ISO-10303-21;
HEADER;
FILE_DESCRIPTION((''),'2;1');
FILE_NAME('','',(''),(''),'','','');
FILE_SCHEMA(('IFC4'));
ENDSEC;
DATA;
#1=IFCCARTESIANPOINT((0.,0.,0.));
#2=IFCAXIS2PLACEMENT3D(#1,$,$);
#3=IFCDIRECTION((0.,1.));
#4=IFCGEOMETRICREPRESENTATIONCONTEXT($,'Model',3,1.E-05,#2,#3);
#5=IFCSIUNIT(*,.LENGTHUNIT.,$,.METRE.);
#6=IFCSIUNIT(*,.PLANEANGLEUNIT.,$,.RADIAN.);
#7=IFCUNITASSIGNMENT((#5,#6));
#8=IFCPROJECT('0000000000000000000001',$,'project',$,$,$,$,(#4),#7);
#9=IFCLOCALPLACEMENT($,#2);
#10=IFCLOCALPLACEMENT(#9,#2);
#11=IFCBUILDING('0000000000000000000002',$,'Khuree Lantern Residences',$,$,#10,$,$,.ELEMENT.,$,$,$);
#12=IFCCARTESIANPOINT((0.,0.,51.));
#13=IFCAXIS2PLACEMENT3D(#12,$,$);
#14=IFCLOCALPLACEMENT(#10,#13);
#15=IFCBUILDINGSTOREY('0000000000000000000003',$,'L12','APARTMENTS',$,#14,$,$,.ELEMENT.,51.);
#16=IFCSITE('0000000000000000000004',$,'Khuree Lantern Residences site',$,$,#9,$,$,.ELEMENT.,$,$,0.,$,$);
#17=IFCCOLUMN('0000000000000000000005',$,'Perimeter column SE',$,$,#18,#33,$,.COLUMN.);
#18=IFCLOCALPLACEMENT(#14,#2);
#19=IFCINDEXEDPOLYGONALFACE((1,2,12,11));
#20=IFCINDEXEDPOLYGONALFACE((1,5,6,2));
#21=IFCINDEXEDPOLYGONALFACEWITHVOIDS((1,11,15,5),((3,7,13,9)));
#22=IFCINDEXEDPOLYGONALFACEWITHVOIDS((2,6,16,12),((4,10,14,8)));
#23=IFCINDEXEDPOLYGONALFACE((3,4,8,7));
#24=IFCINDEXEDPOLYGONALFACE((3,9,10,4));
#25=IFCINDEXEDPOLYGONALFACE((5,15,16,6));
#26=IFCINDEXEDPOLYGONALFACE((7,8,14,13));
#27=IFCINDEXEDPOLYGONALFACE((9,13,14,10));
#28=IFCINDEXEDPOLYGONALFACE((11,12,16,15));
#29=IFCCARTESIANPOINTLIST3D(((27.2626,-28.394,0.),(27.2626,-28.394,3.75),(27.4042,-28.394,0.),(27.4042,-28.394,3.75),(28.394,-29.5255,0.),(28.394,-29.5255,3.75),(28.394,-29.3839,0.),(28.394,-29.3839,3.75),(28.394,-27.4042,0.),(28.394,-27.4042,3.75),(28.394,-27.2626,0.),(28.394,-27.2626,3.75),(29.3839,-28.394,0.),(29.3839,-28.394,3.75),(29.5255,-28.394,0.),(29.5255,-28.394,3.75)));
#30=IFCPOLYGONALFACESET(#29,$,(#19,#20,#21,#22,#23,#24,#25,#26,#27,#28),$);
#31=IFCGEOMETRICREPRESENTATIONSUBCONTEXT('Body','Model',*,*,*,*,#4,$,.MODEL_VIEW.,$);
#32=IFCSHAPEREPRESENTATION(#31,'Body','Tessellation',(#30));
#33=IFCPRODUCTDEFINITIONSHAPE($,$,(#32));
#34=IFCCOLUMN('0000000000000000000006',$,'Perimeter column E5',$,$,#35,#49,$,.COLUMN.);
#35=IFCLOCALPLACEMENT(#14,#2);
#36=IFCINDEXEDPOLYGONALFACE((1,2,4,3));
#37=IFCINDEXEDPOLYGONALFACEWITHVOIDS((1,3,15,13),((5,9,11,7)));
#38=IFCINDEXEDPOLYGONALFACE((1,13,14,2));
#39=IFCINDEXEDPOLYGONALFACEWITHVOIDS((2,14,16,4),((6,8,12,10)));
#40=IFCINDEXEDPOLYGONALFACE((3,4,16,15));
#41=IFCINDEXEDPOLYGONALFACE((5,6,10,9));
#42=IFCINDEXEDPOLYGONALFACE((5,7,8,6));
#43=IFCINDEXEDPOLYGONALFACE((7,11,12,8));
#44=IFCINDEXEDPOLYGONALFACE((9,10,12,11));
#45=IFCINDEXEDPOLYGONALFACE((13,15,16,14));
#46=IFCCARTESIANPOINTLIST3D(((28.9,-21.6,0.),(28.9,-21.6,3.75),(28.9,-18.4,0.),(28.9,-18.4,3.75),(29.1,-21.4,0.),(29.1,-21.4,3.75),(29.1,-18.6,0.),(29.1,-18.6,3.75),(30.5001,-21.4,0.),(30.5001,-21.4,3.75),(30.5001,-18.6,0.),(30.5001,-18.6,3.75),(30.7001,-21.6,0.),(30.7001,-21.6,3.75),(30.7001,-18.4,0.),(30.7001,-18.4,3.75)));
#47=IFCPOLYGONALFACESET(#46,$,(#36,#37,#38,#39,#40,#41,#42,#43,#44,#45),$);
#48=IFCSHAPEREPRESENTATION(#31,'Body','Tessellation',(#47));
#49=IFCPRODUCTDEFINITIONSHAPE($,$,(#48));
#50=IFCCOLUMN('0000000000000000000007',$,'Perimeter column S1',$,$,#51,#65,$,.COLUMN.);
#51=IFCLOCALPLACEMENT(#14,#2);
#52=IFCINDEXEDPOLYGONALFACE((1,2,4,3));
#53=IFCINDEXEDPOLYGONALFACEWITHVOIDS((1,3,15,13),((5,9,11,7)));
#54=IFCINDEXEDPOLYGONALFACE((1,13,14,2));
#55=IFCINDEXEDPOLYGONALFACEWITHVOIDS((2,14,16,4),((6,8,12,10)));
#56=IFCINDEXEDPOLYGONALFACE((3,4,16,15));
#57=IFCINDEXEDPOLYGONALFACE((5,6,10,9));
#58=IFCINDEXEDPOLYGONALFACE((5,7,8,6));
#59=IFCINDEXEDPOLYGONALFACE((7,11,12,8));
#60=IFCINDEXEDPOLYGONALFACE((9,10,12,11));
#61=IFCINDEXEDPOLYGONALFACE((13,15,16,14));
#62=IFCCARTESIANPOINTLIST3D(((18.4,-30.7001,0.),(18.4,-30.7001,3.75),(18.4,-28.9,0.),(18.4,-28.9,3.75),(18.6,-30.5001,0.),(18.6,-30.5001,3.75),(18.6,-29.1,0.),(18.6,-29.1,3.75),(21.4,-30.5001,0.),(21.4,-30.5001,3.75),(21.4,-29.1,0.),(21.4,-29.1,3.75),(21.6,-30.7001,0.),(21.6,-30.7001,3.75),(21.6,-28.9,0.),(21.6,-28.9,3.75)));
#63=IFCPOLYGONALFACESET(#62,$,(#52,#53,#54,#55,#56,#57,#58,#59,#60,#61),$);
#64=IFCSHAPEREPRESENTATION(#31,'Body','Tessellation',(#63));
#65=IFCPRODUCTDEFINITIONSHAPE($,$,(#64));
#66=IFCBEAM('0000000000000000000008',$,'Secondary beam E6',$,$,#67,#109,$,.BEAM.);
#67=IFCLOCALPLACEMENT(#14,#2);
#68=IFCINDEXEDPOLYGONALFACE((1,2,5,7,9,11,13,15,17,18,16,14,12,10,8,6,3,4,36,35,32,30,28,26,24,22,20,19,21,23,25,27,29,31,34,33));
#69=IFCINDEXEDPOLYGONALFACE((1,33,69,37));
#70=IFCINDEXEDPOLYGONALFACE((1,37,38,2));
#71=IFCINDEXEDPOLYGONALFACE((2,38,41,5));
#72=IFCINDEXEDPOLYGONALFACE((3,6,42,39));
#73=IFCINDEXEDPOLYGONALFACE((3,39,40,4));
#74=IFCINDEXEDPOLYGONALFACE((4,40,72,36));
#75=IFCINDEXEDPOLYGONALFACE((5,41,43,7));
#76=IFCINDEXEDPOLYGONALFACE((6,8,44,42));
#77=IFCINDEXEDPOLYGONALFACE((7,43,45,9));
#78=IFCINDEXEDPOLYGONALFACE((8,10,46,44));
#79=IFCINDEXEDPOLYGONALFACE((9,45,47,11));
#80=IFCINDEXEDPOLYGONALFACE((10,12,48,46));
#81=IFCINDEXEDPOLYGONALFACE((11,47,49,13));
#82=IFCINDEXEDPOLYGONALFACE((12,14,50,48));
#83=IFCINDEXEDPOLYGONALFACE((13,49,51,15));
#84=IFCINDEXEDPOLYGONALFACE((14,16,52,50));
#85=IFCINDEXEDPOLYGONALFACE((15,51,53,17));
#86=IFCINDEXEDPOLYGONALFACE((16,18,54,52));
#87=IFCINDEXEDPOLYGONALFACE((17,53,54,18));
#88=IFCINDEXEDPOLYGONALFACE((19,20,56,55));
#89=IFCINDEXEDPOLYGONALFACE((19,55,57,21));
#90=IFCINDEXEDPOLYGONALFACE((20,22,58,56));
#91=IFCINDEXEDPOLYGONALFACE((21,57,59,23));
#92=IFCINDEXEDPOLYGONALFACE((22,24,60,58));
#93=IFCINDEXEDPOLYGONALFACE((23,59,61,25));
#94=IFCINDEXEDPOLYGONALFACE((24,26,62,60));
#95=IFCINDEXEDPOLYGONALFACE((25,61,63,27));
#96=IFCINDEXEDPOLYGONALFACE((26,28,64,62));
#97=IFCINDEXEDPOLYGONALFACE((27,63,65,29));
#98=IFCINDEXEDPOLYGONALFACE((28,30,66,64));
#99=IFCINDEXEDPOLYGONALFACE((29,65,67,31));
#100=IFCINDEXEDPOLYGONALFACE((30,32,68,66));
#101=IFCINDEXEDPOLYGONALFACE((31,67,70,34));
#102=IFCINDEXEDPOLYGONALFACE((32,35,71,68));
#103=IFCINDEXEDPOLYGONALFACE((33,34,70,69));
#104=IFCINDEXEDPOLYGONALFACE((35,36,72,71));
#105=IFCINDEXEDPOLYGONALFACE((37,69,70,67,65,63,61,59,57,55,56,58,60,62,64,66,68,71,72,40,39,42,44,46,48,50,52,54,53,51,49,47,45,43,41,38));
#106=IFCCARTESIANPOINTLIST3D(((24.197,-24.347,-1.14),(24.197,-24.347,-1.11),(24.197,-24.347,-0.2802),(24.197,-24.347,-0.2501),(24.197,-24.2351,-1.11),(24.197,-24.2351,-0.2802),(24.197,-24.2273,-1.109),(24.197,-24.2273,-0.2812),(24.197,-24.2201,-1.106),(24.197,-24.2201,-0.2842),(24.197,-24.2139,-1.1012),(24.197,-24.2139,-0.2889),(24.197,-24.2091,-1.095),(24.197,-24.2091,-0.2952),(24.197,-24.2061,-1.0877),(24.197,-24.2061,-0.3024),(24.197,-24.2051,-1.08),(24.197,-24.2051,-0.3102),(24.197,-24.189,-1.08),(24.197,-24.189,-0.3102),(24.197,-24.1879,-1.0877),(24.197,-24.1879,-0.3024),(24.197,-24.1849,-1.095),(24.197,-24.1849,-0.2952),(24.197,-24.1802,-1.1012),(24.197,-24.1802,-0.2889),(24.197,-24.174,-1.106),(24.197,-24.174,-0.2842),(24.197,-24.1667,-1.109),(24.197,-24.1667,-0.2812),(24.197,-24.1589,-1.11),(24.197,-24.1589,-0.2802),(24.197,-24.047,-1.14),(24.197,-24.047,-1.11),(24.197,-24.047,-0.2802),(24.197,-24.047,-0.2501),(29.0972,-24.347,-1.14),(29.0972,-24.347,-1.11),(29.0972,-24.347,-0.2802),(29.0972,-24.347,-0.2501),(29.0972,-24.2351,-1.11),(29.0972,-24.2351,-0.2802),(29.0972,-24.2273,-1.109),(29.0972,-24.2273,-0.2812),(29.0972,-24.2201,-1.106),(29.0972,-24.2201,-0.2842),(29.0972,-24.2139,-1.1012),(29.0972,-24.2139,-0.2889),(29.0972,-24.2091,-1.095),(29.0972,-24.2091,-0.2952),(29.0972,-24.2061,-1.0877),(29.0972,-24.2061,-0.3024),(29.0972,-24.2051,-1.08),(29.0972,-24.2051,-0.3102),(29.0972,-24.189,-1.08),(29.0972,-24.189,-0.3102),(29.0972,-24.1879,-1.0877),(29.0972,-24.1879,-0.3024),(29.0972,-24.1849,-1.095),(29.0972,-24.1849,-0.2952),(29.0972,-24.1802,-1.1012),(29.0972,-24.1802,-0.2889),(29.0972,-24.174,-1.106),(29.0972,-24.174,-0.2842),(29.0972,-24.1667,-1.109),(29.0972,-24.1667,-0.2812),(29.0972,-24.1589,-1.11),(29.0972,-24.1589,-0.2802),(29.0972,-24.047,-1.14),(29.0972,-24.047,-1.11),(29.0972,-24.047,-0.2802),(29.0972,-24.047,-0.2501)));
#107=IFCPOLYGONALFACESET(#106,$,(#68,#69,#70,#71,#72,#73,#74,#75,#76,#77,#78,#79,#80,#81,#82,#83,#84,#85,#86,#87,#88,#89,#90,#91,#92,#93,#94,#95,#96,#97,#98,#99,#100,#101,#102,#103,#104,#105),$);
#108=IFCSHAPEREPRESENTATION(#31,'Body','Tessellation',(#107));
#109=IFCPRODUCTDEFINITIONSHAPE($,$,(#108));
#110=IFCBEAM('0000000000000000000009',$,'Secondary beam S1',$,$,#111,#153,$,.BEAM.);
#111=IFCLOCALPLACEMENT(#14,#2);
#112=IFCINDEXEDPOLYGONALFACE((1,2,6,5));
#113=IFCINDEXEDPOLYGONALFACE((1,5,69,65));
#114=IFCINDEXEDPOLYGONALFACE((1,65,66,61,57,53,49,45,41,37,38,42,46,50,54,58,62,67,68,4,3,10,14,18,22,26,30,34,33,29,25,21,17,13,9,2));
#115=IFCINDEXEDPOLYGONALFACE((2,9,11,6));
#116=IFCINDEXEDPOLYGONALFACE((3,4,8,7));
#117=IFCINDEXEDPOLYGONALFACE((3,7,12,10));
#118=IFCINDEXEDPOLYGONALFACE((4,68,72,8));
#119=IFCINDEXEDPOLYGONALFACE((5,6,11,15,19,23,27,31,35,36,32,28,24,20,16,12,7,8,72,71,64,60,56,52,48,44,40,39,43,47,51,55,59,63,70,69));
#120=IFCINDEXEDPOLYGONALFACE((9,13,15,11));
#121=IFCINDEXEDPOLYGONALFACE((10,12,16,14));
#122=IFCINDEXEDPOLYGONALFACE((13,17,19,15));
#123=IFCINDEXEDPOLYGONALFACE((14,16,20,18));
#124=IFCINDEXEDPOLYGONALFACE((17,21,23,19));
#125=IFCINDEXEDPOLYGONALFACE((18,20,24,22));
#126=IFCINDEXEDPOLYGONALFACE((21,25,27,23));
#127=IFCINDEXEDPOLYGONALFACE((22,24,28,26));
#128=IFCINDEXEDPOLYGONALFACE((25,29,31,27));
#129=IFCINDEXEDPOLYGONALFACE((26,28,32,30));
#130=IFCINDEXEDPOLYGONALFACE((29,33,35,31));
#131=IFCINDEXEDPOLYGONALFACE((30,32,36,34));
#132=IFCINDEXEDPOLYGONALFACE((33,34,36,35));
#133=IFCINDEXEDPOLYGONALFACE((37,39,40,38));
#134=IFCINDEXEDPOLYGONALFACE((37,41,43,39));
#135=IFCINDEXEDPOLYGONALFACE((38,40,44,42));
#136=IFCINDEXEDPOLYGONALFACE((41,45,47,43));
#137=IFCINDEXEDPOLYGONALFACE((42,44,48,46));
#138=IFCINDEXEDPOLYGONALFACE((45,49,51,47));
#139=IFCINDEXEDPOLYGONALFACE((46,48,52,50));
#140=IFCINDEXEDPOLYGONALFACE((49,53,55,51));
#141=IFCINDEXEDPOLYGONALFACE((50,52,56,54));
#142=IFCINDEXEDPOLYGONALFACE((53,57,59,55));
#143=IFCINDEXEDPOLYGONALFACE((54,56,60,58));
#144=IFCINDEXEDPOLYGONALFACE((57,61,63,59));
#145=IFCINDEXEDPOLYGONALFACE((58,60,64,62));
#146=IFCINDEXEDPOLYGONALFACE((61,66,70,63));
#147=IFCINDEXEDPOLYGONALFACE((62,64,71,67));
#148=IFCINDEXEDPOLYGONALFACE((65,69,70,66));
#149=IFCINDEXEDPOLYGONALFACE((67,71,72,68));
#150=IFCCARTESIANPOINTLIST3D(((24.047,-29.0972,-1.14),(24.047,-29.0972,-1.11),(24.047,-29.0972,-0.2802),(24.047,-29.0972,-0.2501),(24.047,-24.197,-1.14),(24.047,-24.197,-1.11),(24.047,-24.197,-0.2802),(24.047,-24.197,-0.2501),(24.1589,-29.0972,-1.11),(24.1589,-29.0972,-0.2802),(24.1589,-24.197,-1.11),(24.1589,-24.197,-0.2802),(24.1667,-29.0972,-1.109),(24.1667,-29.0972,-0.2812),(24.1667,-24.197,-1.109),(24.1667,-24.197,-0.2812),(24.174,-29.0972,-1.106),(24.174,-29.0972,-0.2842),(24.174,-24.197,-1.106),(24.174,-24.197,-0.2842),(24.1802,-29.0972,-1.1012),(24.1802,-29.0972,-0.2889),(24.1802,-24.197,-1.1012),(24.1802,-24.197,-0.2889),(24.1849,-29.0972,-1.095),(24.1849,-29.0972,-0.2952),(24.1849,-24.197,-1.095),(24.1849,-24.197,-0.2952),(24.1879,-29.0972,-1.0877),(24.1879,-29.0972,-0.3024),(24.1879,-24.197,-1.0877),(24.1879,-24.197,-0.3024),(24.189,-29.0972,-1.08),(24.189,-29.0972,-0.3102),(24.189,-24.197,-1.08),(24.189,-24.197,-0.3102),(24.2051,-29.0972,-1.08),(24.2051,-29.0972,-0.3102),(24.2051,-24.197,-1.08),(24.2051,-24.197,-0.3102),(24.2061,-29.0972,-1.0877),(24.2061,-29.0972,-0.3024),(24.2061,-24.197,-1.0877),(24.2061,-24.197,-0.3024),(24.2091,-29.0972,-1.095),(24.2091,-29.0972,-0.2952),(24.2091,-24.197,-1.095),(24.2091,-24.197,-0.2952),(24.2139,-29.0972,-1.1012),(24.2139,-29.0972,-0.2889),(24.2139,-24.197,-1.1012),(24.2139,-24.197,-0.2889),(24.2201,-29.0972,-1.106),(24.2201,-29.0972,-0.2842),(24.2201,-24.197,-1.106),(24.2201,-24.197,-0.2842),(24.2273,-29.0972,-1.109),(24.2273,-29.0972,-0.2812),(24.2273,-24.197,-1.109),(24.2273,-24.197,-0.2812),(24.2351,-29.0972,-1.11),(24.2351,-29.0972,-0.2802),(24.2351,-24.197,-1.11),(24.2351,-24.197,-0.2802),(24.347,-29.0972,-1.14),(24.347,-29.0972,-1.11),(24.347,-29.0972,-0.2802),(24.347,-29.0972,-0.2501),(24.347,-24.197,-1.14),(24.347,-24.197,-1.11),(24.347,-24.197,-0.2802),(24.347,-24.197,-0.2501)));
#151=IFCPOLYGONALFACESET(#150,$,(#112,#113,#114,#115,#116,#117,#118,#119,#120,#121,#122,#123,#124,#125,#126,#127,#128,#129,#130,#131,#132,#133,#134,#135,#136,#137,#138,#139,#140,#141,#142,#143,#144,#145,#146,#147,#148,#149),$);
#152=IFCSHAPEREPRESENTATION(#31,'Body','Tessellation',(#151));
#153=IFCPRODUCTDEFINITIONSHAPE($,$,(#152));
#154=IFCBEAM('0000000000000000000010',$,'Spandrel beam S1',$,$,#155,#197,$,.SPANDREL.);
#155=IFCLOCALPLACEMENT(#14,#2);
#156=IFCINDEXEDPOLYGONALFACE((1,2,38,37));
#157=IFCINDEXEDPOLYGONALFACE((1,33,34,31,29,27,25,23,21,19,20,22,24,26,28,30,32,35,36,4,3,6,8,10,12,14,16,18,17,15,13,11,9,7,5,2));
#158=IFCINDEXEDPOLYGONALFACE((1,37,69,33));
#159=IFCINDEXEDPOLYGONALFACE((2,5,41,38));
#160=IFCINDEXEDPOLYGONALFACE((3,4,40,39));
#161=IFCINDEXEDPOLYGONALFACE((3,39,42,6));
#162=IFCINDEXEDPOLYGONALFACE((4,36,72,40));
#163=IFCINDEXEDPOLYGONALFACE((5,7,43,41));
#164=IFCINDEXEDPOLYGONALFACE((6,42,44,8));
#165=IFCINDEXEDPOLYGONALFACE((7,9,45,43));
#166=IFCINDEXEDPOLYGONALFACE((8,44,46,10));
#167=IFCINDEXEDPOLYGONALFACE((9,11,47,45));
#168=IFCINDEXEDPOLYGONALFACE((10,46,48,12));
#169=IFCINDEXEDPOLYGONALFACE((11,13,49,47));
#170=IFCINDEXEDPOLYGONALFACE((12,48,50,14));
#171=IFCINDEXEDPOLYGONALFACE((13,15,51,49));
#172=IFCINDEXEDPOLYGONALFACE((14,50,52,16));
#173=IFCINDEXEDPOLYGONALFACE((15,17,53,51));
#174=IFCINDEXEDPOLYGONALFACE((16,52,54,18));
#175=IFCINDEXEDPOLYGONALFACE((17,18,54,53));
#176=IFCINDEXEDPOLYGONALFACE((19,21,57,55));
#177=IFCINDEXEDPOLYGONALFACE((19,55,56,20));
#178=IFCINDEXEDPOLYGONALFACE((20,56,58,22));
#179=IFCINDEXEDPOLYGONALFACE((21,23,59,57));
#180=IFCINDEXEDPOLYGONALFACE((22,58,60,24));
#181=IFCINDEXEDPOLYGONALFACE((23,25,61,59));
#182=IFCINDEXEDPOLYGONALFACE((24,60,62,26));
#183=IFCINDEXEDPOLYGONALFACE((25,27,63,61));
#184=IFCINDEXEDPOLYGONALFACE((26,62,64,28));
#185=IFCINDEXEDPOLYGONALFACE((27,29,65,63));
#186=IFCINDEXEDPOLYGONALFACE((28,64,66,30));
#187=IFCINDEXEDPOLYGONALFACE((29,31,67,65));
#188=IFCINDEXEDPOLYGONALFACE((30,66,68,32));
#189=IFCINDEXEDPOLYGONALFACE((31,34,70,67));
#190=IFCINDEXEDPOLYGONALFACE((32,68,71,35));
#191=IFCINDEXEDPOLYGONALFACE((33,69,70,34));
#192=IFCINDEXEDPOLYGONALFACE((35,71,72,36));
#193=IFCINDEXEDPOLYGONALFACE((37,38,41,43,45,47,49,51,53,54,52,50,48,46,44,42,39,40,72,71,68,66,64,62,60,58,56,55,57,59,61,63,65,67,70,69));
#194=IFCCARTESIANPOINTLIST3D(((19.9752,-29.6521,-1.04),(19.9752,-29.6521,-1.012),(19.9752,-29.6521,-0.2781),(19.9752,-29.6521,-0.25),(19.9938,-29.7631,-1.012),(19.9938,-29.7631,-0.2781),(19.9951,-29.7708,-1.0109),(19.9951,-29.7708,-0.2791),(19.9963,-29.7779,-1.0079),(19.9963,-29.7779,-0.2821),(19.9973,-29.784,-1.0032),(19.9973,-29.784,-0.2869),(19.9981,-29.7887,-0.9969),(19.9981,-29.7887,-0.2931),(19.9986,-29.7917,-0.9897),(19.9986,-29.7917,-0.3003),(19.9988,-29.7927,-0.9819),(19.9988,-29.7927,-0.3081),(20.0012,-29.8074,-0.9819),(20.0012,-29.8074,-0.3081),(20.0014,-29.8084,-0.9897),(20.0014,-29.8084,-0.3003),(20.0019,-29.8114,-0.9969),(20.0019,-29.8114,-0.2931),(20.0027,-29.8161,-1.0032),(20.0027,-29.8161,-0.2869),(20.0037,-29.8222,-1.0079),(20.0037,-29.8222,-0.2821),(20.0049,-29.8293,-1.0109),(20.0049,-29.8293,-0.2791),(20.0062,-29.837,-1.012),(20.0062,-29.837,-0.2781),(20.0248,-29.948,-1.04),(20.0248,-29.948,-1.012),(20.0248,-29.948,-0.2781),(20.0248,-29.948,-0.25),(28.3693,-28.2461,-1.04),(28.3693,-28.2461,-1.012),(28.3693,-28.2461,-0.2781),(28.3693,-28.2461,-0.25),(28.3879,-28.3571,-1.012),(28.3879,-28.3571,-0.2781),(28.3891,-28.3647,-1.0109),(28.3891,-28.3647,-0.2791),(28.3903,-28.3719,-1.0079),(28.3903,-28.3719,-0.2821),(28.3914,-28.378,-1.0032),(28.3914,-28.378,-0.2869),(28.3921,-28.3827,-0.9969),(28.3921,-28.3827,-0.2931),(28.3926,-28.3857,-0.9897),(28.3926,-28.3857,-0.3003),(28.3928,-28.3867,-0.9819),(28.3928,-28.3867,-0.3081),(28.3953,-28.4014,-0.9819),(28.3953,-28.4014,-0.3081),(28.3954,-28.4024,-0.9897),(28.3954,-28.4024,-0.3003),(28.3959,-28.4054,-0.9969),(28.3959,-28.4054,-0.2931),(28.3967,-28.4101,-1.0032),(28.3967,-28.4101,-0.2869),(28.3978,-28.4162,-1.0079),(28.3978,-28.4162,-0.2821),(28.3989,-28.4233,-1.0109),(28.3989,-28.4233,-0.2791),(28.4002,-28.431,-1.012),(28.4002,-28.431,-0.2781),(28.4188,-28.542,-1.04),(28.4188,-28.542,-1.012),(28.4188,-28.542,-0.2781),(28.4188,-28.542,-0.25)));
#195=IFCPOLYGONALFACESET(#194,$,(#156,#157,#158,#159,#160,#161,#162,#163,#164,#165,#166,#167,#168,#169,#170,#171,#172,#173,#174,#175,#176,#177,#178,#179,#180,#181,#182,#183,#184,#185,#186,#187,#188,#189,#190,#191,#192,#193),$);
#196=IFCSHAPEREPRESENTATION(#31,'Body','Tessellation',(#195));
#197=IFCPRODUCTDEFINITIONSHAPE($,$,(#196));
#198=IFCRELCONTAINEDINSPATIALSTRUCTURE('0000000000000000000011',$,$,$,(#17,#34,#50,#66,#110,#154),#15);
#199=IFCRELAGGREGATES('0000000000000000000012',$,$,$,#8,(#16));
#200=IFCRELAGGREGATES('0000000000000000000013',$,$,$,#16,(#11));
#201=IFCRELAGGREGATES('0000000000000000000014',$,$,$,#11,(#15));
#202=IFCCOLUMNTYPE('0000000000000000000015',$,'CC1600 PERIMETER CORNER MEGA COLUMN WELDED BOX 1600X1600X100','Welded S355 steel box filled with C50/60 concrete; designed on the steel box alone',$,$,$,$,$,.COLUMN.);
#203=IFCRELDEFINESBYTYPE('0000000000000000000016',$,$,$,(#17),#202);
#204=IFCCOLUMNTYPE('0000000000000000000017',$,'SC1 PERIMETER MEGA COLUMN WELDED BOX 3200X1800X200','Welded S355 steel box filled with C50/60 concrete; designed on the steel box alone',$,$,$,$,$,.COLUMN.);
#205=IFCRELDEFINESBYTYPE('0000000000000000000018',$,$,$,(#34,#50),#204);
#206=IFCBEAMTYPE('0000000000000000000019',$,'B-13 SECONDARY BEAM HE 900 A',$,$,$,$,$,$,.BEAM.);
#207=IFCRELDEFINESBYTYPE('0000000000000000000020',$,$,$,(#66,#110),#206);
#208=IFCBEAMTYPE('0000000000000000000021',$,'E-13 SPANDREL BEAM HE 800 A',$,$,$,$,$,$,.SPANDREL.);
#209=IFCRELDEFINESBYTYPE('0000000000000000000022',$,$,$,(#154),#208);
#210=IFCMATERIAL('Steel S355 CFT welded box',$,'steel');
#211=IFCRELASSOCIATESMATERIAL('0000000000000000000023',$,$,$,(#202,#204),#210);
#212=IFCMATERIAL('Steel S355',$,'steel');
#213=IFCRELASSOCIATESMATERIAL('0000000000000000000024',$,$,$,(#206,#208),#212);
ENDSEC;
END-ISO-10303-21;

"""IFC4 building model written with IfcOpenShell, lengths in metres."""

from ifc_helpers import new_model, si_unit, direction, frame, origin, origin_2d, place, context, subcontext, project, spatial, hollow_rectangle, i_section, extrude, material, material_profile, profile_set, type_object, element, save


model = new_model("IFC4")

# Units and contexts
model_context = context("Model", 3, precision=1e-05, world=origin(), true_north=direction((0.0, 1.0)))
body_context = subcontext(model_context, "Body", "Model", "MODEL_VIEW")
ifc_project = project(units=[si_unit("LENGTHUNIT", "METRE"), si_unit("PLANEANGLEUNIT", "RADIAN")], contexts=[model_context])

# Site, building, storey
site_placement = place(None, origin())
site = spatial("IfcSite", under=ifc_project, at=site_placement, Name="Khuree Lantern Residences site", CompositionType="ELEMENT", RefElevation=0.0)
building_placement = place(site_placement, origin())
building = spatial("IfcBuilding", under=site, at=building_placement, Name="Khuree Lantern Residences", CompositionType="ELEMENT")
storey_placement = place(building_placement, frame((0.0, 0.0, 51.0)))
storey = spatial("IfcBuildingStorey", under=building, at=storey_placement, Name="L12", Description="APARTMENTS", CompositionType="ELEMENT", Elevation=51.0)

# Columns
ifc_material_1 = material(Name="Steel S355 CFT welded box", Category="steel")
ifc_material_profile_1 = material_profile(ifc_material_1, hollow_rectangle(XDim=1.6001, YDim=1.6001, WallThickness=0.1001, at=origin_2d()), Name="WELDED BOX 1600X1600X100")
ifc_profile_set_1 = profile_set([ifc_material_profile_1], Name="Steel S355 CFT welded box")
column_type_1 = type_object("IfcColumnType", Name="CC1600 PERIMETER CORNER MEGA COLUMN WELDED BOX 1600X1600X100", Description="Welded S355 steel box filled with C50/60 concrete; designed on the steel box alone", PredefinedType="COLUMN", material=ifc_profile_set_1)
column_placement = place(storey_placement, frame((28.394, -28.394, 0.0), z_axis=(0.0, 0.0, 1.0), x_axis=(0.707107, 0.707107, 0.0)))
element("IfcColumn", 1, at=column_placement, inside=storey, type_object=column_type_1, Name="Perimeter column SE", PredefinedType="COLUMN", context=body_context, shape_type="SweptSolid", body=[
    extrude(hollow_rectangle(XDim=1.6001, YDim=1.6001, WallThickness=0.1001, at=origin_2d()), origin(), (0.0, 0.0, 1.0), 3.75),
])
ifc_material_profile_2 = material_profile(ifc_material_1, hollow_rectangle(XDim=3.2, YDim=1.8, WallThickness=0.2, at=origin_2d()), Name="WELDED BOX 3200X1800X200")
ifc_profile_set_2 = profile_set([ifc_material_profile_2], Name="Steel S355 CFT welded box")
column_type_2 = type_object("IfcColumnType", Name="SC1 PERIMETER MEGA COLUMN WELDED BOX 3200X1800X200", Description="Welded S355 steel box filled with C50/60 concrete; designed on the steel box alone", PredefinedType="COLUMN", material=ifc_profile_set_2)
for number, where, z_axis, x_axis, name in (
    (2, (29.8, -20.0, 0.0), (0.0, 0.0, 1.0), (0.0, 1.0, 0.0), "Perimeter column E5"),
    (3, (20.0, -29.8, 0.0), (0.0, 0.0, 1.0), (1.0, 0.0, 0.0), "Perimeter column S1"),
):
    element("IfcColumn", number, at=place(storey_placement, frame(where, z_axis=z_axis, x_axis=x_axis)), inside=storey, type_object=column_type_2, Name=name, PredefinedType="COLUMN", context=body_context, shape_type="SweptSolid", body=[
        extrude(hollow_rectangle(XDim=3.2, YDim=1.8, WallThickness=0.2, at=origin_2d()), origin(), (0.0, 0.0, 1.0), 3.75),
    ])

# Beams
ifc_material_2 = material(Name="Steel S355", Category="steel")
ifc_material_profile_3 = material_profile(ifc_material_2, i_section(OverallWidth=0.3, OverallDepth=0.8899, WebThickness=0.0161, FlangeThickness=0.03, FilletRadius=0.03, at=origin_2d()), Name="HE 900 A")
ifc_profile_set_3 = profile_set([ifc_material_profile_3], Name="Steel S355")
beam_type_1 = type_object("IfcBeamType", Name="B-13 SECONDARY BEAM HE 900 A", PredefinedType="BEAM", material=ifc_profile_set_3)
for number, where, z_axis, x_axis, name in (
    (4, (29.0972, -24.197, -0.6951), (-1.0, 0.0, 0.0), (0.0, -1.0, 0.0), "Secondary beam E6"),
    (5, (24.197, -29.0972, -0.6951), (0.0, 1.0, 0.0), (-1.0, 0.0, 0.0), "Secondary beam S1"),
):
    element("IfcBeam", number, at=place(storey_placement, frame(where, z_axis=z_axis, x_axis=x_axis)), inside=storey, type_object=beam_type_1, Name=name, PredefinedType="BEAM", context=body_context, shape_type="SweptSolid", body=[
        extrude(i_section(OverallWidth=0.3, OverallDepth=0.8899, WebThickness=0.0161, FlangeThickness=0.03, FilletRadius=0.03, at=origin_2d()), origin(), (0.0, 0.0, 1.0), 4.9001),
    ])
ifc_material_profile_4 = material_profile(ifc_material_2, i_section(OverallWidth=0.3, OverallDepth=0.79, WebThickness=0.0149, FlangeThickness=0.0281, FilletRadius=0.03, at=origin_2d()), Name="HE 800 A")
ifc_profile_set_4 = profile_set([ifc_material_profile_4], Name="Steel S355")
beam_type_2 = type_object("IfcBeamType", Name="E-13 SPANDREL BEAM HE 800 A", PredefinedType="SPANDREL", material=ifc_profile_set_4)
beam_1_placement = place(storey_placement, frame((28.394, -28.394, -0.645), z_axis=(-0.98626, -0.165199, 0.0), x_axis=(0.165199, -0.98626, 0.0)))
element("IfcBeam", 6, at=beam_1_placement, inside=storey, type_object=beam_type_2, Name="Spandrel beam S1", PredefinedType="SPANDREL", context=body_context, shape_type="SweptSolid", body=[
    extrude(i_section(OverallWidth=0.3, OverallDepth=0.79, WebThickness=0.0149, FlangeThickness=0.0281, FilletRadius=0.03, at=origin_2d()), origin(), (0.0, 0.0, 1.0), 8.511),
])

save(model, "model.ifc")
